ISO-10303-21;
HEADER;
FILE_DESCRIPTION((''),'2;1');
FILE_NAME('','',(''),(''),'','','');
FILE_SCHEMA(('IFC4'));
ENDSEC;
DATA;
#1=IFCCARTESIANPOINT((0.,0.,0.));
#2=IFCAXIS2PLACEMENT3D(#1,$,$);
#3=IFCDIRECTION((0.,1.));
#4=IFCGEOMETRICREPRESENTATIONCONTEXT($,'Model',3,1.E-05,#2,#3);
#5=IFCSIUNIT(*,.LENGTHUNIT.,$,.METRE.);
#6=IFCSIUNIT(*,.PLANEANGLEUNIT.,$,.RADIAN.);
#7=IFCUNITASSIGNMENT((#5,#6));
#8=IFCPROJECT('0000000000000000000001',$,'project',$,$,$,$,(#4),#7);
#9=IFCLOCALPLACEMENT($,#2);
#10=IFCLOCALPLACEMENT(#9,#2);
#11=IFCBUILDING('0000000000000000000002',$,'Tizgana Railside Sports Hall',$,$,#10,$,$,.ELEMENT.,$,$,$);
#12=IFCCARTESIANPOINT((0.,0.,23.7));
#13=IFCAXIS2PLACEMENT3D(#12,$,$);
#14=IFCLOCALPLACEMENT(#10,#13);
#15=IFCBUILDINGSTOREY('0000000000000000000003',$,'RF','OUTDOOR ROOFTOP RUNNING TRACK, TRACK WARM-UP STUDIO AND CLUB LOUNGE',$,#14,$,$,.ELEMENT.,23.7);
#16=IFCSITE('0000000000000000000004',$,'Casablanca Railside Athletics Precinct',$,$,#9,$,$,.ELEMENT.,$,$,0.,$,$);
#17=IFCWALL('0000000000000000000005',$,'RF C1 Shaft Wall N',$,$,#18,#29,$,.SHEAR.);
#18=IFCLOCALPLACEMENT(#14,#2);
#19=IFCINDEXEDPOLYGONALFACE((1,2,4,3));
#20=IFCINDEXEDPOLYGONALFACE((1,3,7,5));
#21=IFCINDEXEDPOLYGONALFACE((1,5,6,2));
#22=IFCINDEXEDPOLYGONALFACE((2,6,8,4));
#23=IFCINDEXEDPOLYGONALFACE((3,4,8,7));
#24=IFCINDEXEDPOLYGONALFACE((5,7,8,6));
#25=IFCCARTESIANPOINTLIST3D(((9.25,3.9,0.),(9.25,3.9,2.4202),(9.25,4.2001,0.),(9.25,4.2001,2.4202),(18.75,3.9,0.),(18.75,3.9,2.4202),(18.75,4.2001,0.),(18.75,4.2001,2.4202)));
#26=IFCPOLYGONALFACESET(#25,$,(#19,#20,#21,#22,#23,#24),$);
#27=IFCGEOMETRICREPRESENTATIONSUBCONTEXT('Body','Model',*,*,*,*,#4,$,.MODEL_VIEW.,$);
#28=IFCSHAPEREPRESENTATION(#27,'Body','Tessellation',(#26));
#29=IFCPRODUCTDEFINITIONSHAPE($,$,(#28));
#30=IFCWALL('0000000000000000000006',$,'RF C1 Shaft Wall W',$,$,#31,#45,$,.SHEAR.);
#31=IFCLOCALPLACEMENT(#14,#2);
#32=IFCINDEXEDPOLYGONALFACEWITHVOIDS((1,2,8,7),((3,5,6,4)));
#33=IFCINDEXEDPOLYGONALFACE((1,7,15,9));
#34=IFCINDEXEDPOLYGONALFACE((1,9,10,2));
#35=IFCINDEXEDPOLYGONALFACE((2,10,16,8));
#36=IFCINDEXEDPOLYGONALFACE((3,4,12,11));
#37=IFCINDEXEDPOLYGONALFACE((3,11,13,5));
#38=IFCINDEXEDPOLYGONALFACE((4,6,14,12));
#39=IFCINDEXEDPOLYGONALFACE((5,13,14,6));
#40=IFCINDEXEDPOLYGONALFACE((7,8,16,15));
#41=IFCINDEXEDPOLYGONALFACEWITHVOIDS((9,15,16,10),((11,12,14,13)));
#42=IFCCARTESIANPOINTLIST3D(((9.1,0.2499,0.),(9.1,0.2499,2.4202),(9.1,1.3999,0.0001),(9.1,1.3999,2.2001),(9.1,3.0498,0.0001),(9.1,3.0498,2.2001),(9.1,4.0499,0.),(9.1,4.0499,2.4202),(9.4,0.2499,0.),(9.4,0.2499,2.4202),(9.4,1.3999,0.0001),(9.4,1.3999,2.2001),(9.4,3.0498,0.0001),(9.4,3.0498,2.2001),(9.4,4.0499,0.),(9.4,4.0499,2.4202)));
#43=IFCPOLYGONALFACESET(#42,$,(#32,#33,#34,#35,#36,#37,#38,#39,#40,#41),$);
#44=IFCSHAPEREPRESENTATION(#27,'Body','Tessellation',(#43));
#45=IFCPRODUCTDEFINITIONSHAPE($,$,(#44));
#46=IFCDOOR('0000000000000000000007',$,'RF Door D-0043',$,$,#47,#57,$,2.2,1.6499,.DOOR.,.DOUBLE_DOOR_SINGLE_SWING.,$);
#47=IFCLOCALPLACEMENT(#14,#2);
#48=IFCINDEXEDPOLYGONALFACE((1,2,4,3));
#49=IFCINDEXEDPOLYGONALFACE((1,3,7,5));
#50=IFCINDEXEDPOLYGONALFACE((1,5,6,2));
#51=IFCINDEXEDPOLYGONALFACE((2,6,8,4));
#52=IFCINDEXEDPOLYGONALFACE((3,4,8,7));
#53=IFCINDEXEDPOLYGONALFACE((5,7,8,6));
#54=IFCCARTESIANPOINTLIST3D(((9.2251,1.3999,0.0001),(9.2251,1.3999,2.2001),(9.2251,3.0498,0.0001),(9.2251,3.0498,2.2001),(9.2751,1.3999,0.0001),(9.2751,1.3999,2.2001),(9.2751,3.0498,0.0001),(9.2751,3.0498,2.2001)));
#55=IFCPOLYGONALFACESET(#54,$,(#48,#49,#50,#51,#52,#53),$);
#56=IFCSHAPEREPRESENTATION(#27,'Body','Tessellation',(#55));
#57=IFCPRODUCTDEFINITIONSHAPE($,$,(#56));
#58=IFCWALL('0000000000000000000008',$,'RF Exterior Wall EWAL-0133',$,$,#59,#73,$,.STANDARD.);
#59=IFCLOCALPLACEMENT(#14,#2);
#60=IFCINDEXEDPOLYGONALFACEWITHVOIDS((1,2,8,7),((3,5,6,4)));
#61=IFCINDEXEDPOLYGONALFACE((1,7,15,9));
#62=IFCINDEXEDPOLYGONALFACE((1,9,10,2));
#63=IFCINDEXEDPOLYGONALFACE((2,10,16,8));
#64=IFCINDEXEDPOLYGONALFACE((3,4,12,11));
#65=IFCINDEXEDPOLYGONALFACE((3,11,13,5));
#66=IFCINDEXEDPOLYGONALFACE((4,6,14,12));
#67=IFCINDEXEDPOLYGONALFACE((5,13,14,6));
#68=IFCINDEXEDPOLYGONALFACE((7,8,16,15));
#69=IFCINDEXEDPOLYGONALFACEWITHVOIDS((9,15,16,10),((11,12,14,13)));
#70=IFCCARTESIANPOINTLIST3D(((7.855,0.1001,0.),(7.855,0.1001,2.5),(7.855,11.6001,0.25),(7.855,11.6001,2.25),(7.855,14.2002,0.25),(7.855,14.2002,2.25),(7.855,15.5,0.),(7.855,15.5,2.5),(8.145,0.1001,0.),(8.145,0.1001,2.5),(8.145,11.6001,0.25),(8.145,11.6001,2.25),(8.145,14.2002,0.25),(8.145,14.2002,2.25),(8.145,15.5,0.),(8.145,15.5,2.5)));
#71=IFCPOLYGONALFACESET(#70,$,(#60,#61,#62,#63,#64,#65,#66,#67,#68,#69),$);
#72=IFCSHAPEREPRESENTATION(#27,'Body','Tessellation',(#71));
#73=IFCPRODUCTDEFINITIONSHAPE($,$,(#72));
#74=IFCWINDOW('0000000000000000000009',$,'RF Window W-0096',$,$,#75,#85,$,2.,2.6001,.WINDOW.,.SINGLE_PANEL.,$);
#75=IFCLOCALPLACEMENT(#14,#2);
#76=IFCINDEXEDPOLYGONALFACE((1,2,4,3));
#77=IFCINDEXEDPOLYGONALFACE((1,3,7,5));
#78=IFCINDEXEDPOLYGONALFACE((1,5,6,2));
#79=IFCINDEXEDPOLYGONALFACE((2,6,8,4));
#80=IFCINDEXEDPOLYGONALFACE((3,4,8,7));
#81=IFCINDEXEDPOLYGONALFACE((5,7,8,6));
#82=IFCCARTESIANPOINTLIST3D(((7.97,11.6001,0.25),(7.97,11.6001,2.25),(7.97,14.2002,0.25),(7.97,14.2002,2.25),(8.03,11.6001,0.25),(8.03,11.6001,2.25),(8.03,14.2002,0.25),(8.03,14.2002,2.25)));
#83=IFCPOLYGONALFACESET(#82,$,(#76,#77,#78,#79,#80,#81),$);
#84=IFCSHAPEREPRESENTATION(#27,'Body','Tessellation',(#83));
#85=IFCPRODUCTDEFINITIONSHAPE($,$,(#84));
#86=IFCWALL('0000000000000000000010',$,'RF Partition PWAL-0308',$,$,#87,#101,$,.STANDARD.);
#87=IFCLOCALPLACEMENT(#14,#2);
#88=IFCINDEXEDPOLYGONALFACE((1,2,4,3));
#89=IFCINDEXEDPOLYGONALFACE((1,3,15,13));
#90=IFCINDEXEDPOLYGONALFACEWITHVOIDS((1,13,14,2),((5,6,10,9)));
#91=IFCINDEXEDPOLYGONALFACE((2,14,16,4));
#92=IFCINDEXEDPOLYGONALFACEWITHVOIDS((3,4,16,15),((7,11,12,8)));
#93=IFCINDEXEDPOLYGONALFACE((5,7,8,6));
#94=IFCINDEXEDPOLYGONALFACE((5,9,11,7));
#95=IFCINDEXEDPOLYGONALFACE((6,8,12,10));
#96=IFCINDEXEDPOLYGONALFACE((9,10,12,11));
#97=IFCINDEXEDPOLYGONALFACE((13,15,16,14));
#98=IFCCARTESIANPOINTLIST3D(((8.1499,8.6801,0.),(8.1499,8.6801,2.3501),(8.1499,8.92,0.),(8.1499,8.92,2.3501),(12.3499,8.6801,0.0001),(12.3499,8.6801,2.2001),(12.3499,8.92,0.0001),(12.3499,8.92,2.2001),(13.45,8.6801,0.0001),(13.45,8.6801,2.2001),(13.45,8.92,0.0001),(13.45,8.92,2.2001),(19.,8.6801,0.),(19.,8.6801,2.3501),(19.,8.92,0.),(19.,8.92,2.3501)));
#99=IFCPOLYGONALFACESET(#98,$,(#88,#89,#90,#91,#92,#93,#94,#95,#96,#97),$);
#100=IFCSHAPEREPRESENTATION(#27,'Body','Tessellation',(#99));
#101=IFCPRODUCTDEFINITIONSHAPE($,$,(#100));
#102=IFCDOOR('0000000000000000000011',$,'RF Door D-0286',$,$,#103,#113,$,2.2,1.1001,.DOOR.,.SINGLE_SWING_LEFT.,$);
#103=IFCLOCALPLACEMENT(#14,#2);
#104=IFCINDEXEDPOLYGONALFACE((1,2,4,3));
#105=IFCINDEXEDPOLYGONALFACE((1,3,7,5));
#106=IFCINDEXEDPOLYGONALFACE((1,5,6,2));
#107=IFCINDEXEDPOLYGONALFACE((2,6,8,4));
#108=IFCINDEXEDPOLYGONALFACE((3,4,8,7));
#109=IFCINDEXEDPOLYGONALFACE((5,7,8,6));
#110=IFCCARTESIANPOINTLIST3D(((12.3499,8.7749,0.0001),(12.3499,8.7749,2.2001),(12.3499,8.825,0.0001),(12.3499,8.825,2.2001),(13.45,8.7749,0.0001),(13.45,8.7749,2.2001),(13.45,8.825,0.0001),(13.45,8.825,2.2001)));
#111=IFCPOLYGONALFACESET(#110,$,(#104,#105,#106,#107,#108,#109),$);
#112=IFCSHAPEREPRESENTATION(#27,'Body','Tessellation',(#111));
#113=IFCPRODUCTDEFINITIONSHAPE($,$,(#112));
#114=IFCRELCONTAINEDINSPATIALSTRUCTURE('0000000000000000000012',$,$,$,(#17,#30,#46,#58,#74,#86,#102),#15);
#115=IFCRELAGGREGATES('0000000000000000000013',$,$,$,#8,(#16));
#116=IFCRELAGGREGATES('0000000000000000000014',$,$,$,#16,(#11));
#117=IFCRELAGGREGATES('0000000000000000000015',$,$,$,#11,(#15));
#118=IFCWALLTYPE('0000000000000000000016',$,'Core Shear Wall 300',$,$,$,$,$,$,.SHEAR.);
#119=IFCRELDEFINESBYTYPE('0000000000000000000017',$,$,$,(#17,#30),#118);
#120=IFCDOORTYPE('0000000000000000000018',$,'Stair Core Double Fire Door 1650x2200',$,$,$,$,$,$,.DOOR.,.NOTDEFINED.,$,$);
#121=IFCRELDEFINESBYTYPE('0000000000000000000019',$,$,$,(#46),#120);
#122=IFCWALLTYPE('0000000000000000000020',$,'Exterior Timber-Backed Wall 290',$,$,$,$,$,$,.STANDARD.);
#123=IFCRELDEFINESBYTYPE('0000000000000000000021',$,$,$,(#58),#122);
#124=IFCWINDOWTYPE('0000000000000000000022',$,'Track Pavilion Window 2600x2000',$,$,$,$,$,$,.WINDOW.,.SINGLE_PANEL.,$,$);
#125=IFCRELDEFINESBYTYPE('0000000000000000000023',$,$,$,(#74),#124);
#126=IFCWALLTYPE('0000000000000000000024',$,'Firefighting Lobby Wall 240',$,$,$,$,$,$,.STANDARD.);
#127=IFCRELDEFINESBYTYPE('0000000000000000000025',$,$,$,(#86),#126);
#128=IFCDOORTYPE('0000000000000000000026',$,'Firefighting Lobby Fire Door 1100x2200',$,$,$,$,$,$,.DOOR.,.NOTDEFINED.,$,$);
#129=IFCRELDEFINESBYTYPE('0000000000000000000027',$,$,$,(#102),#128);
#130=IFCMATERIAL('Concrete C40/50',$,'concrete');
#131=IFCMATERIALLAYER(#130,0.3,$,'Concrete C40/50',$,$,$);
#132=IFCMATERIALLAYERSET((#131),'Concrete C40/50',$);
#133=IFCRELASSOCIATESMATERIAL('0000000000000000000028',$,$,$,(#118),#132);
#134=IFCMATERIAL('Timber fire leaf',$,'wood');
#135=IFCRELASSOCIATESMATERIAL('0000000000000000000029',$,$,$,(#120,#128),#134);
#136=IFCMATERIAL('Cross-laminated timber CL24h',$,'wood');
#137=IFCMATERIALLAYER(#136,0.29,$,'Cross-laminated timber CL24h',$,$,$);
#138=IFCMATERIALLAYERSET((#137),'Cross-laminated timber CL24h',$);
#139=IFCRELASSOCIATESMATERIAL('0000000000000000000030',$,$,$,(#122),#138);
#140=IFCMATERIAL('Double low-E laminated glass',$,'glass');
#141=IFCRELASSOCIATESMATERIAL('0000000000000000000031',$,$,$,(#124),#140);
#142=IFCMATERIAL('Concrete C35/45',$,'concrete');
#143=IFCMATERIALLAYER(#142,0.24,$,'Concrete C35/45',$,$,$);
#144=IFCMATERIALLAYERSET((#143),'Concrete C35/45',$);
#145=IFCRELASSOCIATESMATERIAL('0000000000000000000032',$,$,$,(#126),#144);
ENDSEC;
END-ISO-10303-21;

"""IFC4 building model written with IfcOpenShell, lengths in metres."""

from ifc_helpers import new_model, si_unit, direction, frame, frame_2d, origin, place, context, subcontext, project, spatial, rectangle, extrude, material, layer, layer_set, type_object, element, fill, save


model = new_model("IFC4")

# Units and contexts
model_context = context("Model", 3, precision=1e-05, world=origin(), true_north=direction((0.0, 1.0)))
body_context = subcontext(model_context, "Body", "Model", "MODEL_VIEW")
ifc_project = project(units=[si_unit("LENGTHUNIT", "METRE"), si_unit("PLANEANGLEUNIT", "RADIAN")], contexts=[model_context])

# Site, building, storey
site_placement = place(None, origin())
site = spatial("IfcSite", under=ifc_project, at=site_placement, Name="Casablanca Railside Athletics Precinct", CompositionType="ELEMENT", RefElevation=0.0)
building_placement = place(site_placement, origin())
building = spatial("IfcBuilding", under=site, at=building_placement, Name="Tizgana Railside Sports Hall", CompositionType="ELEMENT")
storey_placement = place(building_placement, frame((0.0, 0.0, 23.7)))
storey = spatial("IfcBuildingStorey", under=building, at=storey_placement, Name="RF", Description="OUTDOOR ROOFTOP RUNNING TRACK, TRACK WARM-UP STUDIO AND CLUB LOUNGE", CompositionType="ELEMENT", Elevation=23.7)

# Shared definitions
ifc_material_1 = material(Name="Cross-laminated timber CL24h", Category="wood")

# Wall
ifc_material_2 = material(Name="Concrete C40/50", Category="concrete")
ifc_layer_1 = layer(ifc_material_2, 0.3, Name="Concrete C40/50")
ifc_layer_set_1 = layer_set([ifc_layer_1], Name="Concrete C40/50")
wall_type_1 = type_object("IfcWallType", Name="Core Shear Wall 300", PredefinedType="SHEAR", material=ifc_layer_set_1)
wall_1_placement = place(storey_placement, frame((9.25, 4.05, 0.0), z_axis=(0.0, 0.0, 1.0), x_axis=(1.0, 0.0, 0.0)))
element("IfcWall", 1, at=wall_1_placement, inside=storey, type_object=wall_type_1, Name="RF C1 Shaft Wall N", PredefinedType="SHEAR", context=body_context, shape_type="SweptSolid", body=[
    extrude(rectangle(XDim=9.5, YDim=0.3, at=frame_2d((4.75, 0.0))), origin(), (0.0, 0.0, 1.0), 2.4202),
])

# Wall, opening, door
wall_2_placement = place(storey_placement, frame((9.25, 0.25, 0.0), z_axis=(0.0, 0.0, 1.0), x_axis=(0.0, 1.0, 0.0)))
wall_2 = element("IfcWall", 2, at=wall_2_placement, inside=storey, type_object=wall_type_1, Name="RF C1 Shaft Wall W", PredefinedType="SHEAR", context=body_context, shape_type="SweptSolid", body=[
    extrude(rectangle(XDim=3.8, YDim=0.3, at=frame_2d((1.8999, 0.0))), origin(), (0.0, 0.0, 1.0), 2.4202),
])
opening_1_placement = place(wall_2_placement, frame((1.1499, 0.0, 0.0)))
opening_1 = element("IfcOpeningElement", 3, at=opening_1_placement, cuts=wall_2, PredefinedType="OPENING", context=body_context, shape_type="SweptSolid", body=[
    extrude(rectangle(XDim=1.6499, YDim=2.2, at=frame_2d((0.825, 1.1001))), frame((0.0, 0.1599, 0.0), z_axis=(0.0, -1.0, 0.0), x_axis=(1.0, 0.0, 0.0)), (0.0, 0.0, 1.0), 0.3201),
])
ifc_material_3 = material(Name="Timber fire leaf", Category="wood")
door_type_1 = type_object("IfcDoorType", Name="Stair Core Double Fire Door 1650x2200", OperationType="NOTDEFINED", PredefinedType="DOOR", material=ifc_material_3)
door_1_placement = place(opening_1_placement, origin())
door_1 = element("IfcDoor", 4, at=door_1_placement, inside=storey, type_object=door_type_1, Name="RF Door D-0043", OperationType="DOUBLE_DOOR_SINGLE_SWING", OverallHeight=2.2, OverallWidth=1.6499, PredefinedType="DOOR", context=body_context, shape_type="SweptSolid", body=[
    extrude(rectangle(XDim=1.6499, YDim=2.2, at=frame_2d((0.825, 1.1001))), frame((0.0, 0.0249, 0.0), z_axis=(0.0, -1.0, 0.0), x_axis=(1.0, 0.0, 0.0)), (0.0, 0.0, 1.0), 0.05),
])
fill(opening_1, door_1)

# Wall, opening, window
ifc_layer_2 = layer(ifc_material_1, 0.29, Name="Cross-laminated timber CL24h")
ifc_layer_set_2 = layer_set([ifc_layer_2], Name="Cross-laminated timber CL24h")
wall_type_2 = type_object("IfcWallType", Name="Exterior Timber-Backed Wall 290", PredefinedType="STANDARD", material=ifc_layer_set_2)
wall_3_placement = place(storey_placement, frame((8.0, 0.1001, 0.0), z_axis=(0.0, 0.0, 1.0), x_axis=(0.0, 1.0, 0.0)))
wall_3 = element("IfcWall", 5, at=wall_3_placement, inside=storey, type_object=wall_type_2, Name="RF Exterior Wall EWAL-0133", PredefinedType="STANDARD", context=body_context, shape_type="SweptSolid", body=[
    extrude(rectangle(XDim=15.3999, YDim=0.29, at=frame_2d((7.7, 0.0))), origin(), (0.0, 0.0, 1.0), 2.5),
])
opening_2_placement = place(wall_3_placement, frame((11.5, 0.0, 0.25)))
opening_2 = element("IfcOpeningElement", 6, at=opening_2_placement, cuts=wall_3, PredefinedType="OPENING", context=body_context, shape_type="SweptSolid", body=[
    extrude(rectangle(XDim=2.6001, YDim=2.0, at=frame_2d((1.3, 1.0))), frame((0.0, 0.155, 0.0), z_axis=(0.0, -1.0, 0.0), x_axis=(1.0, 0.0, 0.0)), (0.0, 0.0, 1.0), 0.3101),
])
ifc_material_4 = material(Name="Double low-E laminated glass", Category="glass")
window_type = type_object("IfcWindowType", Name="Track Pavilion Window 2600x2000", PartitioningType="SINGLE_PANEL", PredefinedType="WINDOW", material=ifc_material_4)
window_placement = place(opening_2_placement, origin())
window = element("IfcWindow", 7, at=window_placement, inside=storey, type_object=window_type, Name="RF Window W-0096", OverallHeight=2.0, OverallWidth=2.6001, PartitioningType="SINGLE_PANEL", PredefinedType="WINDOW", context=body_context, shape_type="SweptSolid", body=[
    extrude(rectangle(XDim=2.6001, YDim=2.0, at=frame_2d((1.3, 1.0))), frame((0.0, 0.03, 0.0), z_axis=(0.0, -1.0, 0.0), x_axis=(1.0, 0.0, 0.0)), (0.0, 0.0, 1.0), 0.0601),
])
fill(opening_2, window)

# Wall, opening, door
ifc_material_5 = material(Name="Concrete C35/45", Category="concrete")
ifc_layer_3 = layer(ifc_material_5, 0.24, Name="Concrete C35/45")
ifc_layer_set_3 = layer_set([ifc_layer_3], Name="Concrete C35/45")
wall_type_3 = type_object("IfcWallType", Name="Firefighting Lobby Wall 240", PredefinedType="STANDARD", material=ifc_layer_set_3)
wall_4_placement = place(storey_placement, frame((8.1499, 8.8, 0.0), z_axis=(0.0, 0.0, 1.0), x_axis=(1.0, 0.0, 0.0)))
wall_4 = element("IfcWall", 8, at=wall_4_placement, inside=storey, type_object=wall_type_3, Name="RF Partition PWAL-0308", PredefinedType="STANDARD", context=body_context, shape_type="SweptSolid", body=[
    extrude(rectangle(XDim=10.8501, YDim=0.24, at=frame_2d((5.425, 0.0))), origin(), (0.0, 0.0, 1.0), 2.3501),
])
opening_3_placement = place(wall_4_placement, frame((4.2, 0.0, 0.0)))
opening_3 = element("IfcOpeningElement", 9, at=opening_3_placement, cuts=wall_4, PredefinedType="OPENING", context=body_context, shape_type="SweptSolid", body=[
    extrude(rectangle(XDim=1.1001, YDim=2.2, at=frame_2d((0.55, 1.1001))), frame((0.0, 0.1299, 0.0), z_axis=(0.0, -1.0, 0.0), x_axis=(1.0, 0.0, 0.0)), (0.0, 0.0, 1.0), 0.26),
])
door_type_2 = type_object("IfcDoorType", Name="Firefighting Lobby Fire Door 1100x2200", OperationType="NOTDEFINED", PredefinedType="DOOR", material=ifc_material_3)
door_2_placement = place(opening_3_placement, origin())
door_2 = element("IfcDoor", 10, at=door_2_placement, inside=storey, type_object=door_type_2, Name="RF Door D-0286", OperationType="SINGLE_SWING_LEFT", OverallHeight=2.2, OverallWidth=1.1001, PredefinedType="DOOR", context=body_context, shape_type="SweptSolid", body=[
    extrude(rectangle(XDim=1.1001, YDim=2.2, at=frame_2d((0.55, 1.1001))), frame((0.0, 0.0249, 0.0), z_axis=(0.0, -1.0, 0.0), x_axis=(1.0, 0.0, 0.0)), (0.0, 0.0, 1.0), 0.05),
])
fill(opening_3, door_2)

save(model, "model.ifc")
